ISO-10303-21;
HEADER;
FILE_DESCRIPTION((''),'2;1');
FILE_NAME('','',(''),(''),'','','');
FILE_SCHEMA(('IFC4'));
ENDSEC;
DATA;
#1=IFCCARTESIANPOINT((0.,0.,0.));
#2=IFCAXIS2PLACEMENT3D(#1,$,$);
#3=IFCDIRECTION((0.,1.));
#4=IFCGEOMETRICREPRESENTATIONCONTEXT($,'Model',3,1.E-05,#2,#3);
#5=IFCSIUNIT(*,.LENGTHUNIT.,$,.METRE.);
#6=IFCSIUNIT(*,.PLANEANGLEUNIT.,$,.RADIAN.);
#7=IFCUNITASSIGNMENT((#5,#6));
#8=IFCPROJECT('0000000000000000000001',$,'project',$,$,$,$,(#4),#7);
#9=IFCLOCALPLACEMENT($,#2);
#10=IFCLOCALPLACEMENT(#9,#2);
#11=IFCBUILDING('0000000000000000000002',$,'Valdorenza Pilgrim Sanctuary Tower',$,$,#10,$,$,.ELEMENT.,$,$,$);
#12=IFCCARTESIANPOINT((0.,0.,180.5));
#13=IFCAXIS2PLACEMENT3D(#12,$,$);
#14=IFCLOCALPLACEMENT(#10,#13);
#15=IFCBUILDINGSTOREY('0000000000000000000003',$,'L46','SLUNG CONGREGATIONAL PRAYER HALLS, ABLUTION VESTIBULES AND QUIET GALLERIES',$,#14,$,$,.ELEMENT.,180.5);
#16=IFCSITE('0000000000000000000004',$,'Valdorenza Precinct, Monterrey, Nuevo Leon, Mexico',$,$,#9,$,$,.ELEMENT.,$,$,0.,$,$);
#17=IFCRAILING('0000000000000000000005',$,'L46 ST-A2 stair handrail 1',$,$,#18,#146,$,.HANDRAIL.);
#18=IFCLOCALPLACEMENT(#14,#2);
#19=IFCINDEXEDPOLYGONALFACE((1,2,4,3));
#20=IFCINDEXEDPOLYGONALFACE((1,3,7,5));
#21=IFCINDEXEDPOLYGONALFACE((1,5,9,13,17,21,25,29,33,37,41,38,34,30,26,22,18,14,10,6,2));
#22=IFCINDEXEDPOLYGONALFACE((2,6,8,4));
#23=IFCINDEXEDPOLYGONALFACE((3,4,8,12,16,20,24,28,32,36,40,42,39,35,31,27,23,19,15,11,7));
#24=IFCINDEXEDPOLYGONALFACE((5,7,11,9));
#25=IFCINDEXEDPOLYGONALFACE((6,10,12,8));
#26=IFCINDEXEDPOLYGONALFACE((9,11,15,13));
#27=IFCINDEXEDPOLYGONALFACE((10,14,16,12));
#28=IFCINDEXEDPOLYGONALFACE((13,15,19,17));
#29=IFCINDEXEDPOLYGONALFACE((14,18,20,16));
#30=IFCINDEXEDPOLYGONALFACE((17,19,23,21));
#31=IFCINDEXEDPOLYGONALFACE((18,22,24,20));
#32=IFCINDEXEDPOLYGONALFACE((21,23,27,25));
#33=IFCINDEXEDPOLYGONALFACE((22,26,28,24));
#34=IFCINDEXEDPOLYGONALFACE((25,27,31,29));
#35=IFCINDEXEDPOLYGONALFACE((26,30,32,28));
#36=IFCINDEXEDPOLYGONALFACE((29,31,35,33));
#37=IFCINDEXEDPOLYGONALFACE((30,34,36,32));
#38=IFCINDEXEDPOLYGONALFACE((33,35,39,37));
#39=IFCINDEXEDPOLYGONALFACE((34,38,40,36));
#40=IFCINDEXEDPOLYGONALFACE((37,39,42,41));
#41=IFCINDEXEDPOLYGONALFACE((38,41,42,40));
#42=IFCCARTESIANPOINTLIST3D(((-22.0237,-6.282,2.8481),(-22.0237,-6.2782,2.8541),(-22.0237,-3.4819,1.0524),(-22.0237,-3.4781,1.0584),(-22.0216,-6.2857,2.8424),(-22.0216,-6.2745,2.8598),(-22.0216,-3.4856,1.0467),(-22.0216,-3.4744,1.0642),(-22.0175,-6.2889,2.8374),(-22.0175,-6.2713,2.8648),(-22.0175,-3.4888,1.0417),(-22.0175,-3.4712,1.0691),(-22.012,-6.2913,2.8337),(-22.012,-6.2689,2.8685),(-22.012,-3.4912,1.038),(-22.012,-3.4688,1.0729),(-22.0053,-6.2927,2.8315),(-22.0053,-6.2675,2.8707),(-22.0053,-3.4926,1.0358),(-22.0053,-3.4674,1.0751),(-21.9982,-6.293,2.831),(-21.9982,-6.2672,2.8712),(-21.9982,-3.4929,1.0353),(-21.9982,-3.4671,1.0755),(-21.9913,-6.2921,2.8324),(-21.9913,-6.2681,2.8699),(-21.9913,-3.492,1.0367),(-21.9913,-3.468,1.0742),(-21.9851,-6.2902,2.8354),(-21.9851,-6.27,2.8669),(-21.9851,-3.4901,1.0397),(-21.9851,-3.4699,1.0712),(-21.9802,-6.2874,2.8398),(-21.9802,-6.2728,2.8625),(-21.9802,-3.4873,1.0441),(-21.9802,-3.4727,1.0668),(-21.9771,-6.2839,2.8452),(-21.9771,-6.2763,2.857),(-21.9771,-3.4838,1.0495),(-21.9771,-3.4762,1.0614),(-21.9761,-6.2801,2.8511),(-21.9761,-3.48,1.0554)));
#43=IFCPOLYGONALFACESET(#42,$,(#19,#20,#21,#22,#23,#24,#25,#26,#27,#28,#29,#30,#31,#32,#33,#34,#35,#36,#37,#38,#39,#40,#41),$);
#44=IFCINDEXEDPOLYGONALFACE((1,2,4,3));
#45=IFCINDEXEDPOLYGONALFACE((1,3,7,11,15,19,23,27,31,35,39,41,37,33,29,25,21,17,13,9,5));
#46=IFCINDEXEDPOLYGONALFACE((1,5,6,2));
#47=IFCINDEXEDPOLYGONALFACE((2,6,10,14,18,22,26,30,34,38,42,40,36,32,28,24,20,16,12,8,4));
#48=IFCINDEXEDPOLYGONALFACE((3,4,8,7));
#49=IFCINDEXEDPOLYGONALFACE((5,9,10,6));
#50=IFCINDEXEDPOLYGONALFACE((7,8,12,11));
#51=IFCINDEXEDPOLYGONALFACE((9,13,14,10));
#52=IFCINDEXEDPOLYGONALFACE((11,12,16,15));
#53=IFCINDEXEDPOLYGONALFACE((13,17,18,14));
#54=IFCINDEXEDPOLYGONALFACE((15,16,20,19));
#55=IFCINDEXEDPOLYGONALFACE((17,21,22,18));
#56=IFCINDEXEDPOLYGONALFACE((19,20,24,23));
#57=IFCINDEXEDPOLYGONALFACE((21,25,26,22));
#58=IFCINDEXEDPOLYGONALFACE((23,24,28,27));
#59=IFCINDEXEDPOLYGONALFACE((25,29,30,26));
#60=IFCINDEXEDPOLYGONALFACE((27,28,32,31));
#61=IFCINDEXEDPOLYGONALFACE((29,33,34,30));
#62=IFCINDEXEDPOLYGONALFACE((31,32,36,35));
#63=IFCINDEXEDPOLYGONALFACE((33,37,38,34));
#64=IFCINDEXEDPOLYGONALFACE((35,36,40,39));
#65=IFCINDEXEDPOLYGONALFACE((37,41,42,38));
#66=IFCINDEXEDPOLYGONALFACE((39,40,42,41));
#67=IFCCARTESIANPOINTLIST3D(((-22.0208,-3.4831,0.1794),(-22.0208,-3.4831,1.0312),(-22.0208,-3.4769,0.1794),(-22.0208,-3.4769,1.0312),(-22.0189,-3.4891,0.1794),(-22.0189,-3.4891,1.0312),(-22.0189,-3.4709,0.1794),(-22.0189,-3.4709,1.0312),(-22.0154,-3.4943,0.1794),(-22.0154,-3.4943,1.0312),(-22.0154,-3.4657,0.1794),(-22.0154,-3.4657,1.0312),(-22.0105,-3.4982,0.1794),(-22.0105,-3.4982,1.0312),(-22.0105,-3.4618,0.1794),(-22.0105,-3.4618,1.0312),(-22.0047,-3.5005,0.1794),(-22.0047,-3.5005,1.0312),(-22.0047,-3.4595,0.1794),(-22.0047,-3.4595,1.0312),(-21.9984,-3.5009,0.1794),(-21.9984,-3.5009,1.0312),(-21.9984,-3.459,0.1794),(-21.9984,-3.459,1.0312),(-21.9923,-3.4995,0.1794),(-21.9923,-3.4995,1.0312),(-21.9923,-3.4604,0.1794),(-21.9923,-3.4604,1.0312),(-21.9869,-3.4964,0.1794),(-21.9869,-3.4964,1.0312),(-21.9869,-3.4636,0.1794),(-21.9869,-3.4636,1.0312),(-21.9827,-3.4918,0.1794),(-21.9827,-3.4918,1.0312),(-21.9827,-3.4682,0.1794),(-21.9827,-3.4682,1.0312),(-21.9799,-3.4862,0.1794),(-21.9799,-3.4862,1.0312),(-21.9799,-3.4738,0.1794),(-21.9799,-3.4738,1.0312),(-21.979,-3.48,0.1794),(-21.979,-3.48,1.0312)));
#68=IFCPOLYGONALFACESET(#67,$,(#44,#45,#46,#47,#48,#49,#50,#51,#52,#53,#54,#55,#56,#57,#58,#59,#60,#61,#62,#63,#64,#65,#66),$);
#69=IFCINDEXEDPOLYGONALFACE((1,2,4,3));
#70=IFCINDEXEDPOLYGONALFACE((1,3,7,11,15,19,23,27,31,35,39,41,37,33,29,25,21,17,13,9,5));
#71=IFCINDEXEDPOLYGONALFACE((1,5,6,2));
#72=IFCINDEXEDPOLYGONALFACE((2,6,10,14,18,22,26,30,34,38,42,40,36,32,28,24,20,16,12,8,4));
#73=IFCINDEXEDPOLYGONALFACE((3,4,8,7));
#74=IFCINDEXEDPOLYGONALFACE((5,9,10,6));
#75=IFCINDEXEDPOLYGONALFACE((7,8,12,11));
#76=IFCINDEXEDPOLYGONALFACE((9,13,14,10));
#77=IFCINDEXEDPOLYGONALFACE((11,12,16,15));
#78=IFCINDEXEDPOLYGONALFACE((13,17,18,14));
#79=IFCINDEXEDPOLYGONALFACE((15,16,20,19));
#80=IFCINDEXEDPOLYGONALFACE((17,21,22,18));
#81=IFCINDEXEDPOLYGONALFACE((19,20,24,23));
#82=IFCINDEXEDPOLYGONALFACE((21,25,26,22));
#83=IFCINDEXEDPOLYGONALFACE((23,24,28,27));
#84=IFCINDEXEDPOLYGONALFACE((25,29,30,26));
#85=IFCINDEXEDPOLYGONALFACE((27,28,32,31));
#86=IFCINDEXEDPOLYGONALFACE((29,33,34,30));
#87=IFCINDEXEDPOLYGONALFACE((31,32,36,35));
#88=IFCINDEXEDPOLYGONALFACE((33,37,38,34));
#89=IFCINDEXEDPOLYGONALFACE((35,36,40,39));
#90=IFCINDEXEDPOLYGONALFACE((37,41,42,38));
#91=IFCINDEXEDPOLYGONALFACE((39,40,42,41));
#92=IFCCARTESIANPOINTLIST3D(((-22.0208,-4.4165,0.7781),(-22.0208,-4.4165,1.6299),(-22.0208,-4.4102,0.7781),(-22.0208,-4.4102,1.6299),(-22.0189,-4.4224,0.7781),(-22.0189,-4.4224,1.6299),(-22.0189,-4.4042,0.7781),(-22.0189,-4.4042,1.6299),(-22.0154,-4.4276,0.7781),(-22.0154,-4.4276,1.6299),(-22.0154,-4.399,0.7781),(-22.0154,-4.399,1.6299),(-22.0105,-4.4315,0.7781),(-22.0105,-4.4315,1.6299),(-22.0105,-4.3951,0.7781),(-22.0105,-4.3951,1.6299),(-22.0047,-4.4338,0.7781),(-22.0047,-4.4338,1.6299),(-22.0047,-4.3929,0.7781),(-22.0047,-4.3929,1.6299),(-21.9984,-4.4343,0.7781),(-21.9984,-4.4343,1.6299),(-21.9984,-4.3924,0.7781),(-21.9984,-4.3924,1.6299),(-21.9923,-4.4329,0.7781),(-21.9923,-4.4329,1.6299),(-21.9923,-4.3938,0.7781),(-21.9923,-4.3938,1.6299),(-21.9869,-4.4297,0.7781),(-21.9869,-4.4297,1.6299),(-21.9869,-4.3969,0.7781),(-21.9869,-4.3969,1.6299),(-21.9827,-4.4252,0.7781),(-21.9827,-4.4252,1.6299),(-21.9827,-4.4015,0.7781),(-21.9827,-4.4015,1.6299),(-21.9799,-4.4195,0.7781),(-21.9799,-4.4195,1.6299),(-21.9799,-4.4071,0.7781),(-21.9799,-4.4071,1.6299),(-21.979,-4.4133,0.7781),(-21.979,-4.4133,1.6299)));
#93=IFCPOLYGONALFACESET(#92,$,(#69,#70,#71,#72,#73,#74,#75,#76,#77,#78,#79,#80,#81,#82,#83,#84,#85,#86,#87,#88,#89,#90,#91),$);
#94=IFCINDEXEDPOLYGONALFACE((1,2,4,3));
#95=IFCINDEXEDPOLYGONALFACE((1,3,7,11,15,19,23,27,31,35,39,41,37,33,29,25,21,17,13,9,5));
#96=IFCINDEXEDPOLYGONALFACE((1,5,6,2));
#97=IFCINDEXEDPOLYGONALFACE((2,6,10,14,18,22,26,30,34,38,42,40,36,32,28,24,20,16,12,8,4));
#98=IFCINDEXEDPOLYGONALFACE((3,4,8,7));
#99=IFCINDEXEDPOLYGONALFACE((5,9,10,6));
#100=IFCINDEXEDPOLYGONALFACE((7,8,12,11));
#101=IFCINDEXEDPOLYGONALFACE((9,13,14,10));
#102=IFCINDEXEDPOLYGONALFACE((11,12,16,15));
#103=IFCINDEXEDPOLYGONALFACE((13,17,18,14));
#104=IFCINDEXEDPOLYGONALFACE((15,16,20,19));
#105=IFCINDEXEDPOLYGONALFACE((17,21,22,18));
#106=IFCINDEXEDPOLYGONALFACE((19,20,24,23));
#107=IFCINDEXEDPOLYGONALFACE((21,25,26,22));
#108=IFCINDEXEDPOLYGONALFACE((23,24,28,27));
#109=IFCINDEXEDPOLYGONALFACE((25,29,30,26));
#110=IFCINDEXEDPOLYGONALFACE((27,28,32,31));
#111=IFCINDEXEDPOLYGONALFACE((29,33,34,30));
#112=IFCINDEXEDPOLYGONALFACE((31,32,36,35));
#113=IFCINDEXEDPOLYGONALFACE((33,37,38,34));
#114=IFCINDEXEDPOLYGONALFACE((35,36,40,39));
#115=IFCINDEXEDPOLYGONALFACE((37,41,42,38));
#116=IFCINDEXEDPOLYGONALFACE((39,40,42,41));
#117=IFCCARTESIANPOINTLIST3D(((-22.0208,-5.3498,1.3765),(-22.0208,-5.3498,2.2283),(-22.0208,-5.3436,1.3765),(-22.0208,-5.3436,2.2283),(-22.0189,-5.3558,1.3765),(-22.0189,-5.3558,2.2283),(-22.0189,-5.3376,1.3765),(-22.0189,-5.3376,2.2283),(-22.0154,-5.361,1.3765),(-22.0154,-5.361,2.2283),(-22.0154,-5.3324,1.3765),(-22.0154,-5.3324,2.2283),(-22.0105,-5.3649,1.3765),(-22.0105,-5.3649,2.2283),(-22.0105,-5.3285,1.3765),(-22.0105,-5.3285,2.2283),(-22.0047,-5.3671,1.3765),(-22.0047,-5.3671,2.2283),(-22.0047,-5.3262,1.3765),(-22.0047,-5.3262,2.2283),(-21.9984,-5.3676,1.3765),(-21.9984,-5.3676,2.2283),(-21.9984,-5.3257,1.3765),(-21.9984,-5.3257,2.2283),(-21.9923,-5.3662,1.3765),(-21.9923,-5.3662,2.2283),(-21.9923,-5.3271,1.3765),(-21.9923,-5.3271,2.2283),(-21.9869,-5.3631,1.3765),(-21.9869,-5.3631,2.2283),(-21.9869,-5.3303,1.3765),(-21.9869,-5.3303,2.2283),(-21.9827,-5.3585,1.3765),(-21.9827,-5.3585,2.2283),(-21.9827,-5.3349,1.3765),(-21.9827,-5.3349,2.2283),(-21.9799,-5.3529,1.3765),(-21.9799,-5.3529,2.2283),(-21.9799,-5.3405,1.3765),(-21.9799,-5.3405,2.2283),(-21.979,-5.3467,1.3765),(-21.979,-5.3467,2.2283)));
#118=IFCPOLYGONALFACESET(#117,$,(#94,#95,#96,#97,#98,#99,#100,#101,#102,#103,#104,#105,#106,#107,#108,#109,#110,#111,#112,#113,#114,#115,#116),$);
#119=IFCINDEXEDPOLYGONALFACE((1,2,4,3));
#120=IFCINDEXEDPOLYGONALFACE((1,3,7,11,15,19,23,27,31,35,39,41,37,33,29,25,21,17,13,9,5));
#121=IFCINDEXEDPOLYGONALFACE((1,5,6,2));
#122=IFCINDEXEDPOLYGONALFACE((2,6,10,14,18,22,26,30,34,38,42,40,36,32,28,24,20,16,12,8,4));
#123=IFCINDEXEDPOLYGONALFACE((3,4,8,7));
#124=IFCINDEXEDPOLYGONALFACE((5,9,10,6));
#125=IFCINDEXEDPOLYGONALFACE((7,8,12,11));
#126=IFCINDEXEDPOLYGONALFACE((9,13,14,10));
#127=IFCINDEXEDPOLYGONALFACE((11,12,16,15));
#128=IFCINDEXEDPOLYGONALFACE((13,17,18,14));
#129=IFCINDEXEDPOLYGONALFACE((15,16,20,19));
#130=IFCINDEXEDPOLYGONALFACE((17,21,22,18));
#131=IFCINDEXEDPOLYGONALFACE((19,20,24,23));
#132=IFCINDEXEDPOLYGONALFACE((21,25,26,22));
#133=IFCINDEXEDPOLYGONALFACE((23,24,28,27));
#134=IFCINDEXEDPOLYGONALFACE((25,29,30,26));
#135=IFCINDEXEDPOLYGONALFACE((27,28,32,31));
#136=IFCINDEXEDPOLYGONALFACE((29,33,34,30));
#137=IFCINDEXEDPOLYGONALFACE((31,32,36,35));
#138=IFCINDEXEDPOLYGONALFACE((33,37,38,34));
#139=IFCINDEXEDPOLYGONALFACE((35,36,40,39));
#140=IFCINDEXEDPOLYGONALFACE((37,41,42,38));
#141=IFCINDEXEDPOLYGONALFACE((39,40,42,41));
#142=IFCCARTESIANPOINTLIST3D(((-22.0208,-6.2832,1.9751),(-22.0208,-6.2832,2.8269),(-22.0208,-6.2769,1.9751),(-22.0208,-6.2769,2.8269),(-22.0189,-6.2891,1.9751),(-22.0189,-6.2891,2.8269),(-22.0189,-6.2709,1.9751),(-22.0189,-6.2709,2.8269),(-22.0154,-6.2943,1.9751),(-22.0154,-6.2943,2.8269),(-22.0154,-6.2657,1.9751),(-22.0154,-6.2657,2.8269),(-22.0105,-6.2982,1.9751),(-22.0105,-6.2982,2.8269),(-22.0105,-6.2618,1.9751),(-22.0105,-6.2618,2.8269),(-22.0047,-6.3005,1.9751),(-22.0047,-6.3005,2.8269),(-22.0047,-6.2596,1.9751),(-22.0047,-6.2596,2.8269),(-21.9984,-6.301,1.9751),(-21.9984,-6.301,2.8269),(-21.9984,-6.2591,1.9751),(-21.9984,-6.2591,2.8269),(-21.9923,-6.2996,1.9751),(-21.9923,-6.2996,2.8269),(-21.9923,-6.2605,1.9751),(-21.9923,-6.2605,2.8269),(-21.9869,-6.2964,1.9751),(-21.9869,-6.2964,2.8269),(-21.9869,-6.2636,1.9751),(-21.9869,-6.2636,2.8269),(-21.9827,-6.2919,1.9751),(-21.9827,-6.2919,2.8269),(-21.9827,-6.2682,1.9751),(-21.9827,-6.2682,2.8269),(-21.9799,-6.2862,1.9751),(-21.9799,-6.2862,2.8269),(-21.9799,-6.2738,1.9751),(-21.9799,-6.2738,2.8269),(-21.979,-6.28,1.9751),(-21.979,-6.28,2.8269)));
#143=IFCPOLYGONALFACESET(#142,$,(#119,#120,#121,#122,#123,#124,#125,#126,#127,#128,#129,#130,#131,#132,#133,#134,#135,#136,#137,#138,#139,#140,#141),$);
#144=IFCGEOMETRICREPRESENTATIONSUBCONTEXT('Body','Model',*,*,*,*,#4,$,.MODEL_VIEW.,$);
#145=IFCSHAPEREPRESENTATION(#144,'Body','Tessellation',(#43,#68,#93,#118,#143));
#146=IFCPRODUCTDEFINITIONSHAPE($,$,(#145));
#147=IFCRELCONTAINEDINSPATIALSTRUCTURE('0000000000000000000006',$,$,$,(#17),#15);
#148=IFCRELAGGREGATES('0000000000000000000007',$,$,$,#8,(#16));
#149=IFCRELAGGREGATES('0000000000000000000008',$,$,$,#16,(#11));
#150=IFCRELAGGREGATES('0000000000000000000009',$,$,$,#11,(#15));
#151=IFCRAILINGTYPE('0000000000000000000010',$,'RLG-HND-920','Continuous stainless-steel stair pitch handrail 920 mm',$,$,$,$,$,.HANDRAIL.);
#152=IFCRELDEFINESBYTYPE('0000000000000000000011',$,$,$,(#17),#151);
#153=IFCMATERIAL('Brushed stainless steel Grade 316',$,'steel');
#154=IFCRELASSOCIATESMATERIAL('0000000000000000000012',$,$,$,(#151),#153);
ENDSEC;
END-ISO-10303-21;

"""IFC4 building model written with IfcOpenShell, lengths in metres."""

from ifc_helpers import new_model, si_unit, direction, frame, origin, origin_2d, place, context, subcontext, project, spatial, circle, extrude, material, type_object, element, save


model = new_model("IFC4")

# Units and contexts
model_context = context("Model", 3, precision=1e-05, world=origin(), true_north=direction((0.0, 1.0)))
body_context = subcontext(model_context, "Body", "Model", "MODEL_VIEW")
ifc_project = project(units=[si_unit("LENGTHUNIT", "METRE"), si_unit("PLANEANGLEUNIT", "RADIAN")], contexts=[model_context])

# Site, building, storey
site_placement = place(None, origin())
site = spatial("IfcSite", under=ifc_project, at=site_placement, Name="Valdorenza Precinct, Monterrey, Nuevo Leon, Mexico", CompositionType="ELEMENT", RefElevation=0.0)
building_placement = place(site_placement, origin())
building = spatial("IfcBuilding", under=site, at=building_placement, Name="Valdorenza Pilgrim Sanctuary Tower", CompositionType="ELEMENT")
storey_placement = place(building_placement, frame((0.0, 0.0, 180.5)))
storey = spatial("IfcBuildingStorey", under=building, at=storey_placement, Name="L46", Description="SLUNG CONGREGATIONAL PRAYER HALLS, ABLUTION VESTIBULES AND QUIET GALLERIES", CompositionType="ELEMENT", Elevation=180.5)

# Railing
ifc_material_1 = material(Name="Brushed stainless steel Grade 316", Category="steel")
railing_type = type_object("IfcRailingType", Name="RLG-HND-920", Description="Continuous stainless-steel stair pitch handrail 920 mm", PredefinedType="HANDRAIL", material=ifc_material_1)
railing_placement = place(storey_placement, frame((-22.0, -3.48, 0.1794)))
element("IfcRailing", 1, at=railing_placement, inside=storey, type_object=railing_type, Name="L46 ST-A2 stair handrail 1", PredefinedType="HANDRAIL", context=body_context, shape_type="SweptSolid", body=[
    extrude(circle(Radius=0.0239, at=origin_2d()), frame((0.0, 0.0, 0.876), z_axis=(0.0, -0.841777, 0.539826), x_axis=(1.0, 0.0, 0.0)), (0.0, 0.0, 1.0), 3.3264),
    extrude(circle(Radius=0.021, at=origin_2d()), origin(), (0.0, 0.0, 1.0), 0.8518),
    extrude(circle(Radius=0.021, at=origin_2d()), frame((0.0, -0.9333, 0.5986)), (0.0, 0.0, 1.0), 0.8518),
    extrude(circle(Radius=0.021, at=origin_2d()), frame((0.0, -1.8667, 1.197)), (0.0, 0.0, 1.0), 0.8518),
    extrude(circle(Radius=0.021, at=origin_2d()), frame((0.0, -2.8, 1.7957)), (0.0, 0.0, 1.0), 0.8518),
])

save(model, "model.ifc")
